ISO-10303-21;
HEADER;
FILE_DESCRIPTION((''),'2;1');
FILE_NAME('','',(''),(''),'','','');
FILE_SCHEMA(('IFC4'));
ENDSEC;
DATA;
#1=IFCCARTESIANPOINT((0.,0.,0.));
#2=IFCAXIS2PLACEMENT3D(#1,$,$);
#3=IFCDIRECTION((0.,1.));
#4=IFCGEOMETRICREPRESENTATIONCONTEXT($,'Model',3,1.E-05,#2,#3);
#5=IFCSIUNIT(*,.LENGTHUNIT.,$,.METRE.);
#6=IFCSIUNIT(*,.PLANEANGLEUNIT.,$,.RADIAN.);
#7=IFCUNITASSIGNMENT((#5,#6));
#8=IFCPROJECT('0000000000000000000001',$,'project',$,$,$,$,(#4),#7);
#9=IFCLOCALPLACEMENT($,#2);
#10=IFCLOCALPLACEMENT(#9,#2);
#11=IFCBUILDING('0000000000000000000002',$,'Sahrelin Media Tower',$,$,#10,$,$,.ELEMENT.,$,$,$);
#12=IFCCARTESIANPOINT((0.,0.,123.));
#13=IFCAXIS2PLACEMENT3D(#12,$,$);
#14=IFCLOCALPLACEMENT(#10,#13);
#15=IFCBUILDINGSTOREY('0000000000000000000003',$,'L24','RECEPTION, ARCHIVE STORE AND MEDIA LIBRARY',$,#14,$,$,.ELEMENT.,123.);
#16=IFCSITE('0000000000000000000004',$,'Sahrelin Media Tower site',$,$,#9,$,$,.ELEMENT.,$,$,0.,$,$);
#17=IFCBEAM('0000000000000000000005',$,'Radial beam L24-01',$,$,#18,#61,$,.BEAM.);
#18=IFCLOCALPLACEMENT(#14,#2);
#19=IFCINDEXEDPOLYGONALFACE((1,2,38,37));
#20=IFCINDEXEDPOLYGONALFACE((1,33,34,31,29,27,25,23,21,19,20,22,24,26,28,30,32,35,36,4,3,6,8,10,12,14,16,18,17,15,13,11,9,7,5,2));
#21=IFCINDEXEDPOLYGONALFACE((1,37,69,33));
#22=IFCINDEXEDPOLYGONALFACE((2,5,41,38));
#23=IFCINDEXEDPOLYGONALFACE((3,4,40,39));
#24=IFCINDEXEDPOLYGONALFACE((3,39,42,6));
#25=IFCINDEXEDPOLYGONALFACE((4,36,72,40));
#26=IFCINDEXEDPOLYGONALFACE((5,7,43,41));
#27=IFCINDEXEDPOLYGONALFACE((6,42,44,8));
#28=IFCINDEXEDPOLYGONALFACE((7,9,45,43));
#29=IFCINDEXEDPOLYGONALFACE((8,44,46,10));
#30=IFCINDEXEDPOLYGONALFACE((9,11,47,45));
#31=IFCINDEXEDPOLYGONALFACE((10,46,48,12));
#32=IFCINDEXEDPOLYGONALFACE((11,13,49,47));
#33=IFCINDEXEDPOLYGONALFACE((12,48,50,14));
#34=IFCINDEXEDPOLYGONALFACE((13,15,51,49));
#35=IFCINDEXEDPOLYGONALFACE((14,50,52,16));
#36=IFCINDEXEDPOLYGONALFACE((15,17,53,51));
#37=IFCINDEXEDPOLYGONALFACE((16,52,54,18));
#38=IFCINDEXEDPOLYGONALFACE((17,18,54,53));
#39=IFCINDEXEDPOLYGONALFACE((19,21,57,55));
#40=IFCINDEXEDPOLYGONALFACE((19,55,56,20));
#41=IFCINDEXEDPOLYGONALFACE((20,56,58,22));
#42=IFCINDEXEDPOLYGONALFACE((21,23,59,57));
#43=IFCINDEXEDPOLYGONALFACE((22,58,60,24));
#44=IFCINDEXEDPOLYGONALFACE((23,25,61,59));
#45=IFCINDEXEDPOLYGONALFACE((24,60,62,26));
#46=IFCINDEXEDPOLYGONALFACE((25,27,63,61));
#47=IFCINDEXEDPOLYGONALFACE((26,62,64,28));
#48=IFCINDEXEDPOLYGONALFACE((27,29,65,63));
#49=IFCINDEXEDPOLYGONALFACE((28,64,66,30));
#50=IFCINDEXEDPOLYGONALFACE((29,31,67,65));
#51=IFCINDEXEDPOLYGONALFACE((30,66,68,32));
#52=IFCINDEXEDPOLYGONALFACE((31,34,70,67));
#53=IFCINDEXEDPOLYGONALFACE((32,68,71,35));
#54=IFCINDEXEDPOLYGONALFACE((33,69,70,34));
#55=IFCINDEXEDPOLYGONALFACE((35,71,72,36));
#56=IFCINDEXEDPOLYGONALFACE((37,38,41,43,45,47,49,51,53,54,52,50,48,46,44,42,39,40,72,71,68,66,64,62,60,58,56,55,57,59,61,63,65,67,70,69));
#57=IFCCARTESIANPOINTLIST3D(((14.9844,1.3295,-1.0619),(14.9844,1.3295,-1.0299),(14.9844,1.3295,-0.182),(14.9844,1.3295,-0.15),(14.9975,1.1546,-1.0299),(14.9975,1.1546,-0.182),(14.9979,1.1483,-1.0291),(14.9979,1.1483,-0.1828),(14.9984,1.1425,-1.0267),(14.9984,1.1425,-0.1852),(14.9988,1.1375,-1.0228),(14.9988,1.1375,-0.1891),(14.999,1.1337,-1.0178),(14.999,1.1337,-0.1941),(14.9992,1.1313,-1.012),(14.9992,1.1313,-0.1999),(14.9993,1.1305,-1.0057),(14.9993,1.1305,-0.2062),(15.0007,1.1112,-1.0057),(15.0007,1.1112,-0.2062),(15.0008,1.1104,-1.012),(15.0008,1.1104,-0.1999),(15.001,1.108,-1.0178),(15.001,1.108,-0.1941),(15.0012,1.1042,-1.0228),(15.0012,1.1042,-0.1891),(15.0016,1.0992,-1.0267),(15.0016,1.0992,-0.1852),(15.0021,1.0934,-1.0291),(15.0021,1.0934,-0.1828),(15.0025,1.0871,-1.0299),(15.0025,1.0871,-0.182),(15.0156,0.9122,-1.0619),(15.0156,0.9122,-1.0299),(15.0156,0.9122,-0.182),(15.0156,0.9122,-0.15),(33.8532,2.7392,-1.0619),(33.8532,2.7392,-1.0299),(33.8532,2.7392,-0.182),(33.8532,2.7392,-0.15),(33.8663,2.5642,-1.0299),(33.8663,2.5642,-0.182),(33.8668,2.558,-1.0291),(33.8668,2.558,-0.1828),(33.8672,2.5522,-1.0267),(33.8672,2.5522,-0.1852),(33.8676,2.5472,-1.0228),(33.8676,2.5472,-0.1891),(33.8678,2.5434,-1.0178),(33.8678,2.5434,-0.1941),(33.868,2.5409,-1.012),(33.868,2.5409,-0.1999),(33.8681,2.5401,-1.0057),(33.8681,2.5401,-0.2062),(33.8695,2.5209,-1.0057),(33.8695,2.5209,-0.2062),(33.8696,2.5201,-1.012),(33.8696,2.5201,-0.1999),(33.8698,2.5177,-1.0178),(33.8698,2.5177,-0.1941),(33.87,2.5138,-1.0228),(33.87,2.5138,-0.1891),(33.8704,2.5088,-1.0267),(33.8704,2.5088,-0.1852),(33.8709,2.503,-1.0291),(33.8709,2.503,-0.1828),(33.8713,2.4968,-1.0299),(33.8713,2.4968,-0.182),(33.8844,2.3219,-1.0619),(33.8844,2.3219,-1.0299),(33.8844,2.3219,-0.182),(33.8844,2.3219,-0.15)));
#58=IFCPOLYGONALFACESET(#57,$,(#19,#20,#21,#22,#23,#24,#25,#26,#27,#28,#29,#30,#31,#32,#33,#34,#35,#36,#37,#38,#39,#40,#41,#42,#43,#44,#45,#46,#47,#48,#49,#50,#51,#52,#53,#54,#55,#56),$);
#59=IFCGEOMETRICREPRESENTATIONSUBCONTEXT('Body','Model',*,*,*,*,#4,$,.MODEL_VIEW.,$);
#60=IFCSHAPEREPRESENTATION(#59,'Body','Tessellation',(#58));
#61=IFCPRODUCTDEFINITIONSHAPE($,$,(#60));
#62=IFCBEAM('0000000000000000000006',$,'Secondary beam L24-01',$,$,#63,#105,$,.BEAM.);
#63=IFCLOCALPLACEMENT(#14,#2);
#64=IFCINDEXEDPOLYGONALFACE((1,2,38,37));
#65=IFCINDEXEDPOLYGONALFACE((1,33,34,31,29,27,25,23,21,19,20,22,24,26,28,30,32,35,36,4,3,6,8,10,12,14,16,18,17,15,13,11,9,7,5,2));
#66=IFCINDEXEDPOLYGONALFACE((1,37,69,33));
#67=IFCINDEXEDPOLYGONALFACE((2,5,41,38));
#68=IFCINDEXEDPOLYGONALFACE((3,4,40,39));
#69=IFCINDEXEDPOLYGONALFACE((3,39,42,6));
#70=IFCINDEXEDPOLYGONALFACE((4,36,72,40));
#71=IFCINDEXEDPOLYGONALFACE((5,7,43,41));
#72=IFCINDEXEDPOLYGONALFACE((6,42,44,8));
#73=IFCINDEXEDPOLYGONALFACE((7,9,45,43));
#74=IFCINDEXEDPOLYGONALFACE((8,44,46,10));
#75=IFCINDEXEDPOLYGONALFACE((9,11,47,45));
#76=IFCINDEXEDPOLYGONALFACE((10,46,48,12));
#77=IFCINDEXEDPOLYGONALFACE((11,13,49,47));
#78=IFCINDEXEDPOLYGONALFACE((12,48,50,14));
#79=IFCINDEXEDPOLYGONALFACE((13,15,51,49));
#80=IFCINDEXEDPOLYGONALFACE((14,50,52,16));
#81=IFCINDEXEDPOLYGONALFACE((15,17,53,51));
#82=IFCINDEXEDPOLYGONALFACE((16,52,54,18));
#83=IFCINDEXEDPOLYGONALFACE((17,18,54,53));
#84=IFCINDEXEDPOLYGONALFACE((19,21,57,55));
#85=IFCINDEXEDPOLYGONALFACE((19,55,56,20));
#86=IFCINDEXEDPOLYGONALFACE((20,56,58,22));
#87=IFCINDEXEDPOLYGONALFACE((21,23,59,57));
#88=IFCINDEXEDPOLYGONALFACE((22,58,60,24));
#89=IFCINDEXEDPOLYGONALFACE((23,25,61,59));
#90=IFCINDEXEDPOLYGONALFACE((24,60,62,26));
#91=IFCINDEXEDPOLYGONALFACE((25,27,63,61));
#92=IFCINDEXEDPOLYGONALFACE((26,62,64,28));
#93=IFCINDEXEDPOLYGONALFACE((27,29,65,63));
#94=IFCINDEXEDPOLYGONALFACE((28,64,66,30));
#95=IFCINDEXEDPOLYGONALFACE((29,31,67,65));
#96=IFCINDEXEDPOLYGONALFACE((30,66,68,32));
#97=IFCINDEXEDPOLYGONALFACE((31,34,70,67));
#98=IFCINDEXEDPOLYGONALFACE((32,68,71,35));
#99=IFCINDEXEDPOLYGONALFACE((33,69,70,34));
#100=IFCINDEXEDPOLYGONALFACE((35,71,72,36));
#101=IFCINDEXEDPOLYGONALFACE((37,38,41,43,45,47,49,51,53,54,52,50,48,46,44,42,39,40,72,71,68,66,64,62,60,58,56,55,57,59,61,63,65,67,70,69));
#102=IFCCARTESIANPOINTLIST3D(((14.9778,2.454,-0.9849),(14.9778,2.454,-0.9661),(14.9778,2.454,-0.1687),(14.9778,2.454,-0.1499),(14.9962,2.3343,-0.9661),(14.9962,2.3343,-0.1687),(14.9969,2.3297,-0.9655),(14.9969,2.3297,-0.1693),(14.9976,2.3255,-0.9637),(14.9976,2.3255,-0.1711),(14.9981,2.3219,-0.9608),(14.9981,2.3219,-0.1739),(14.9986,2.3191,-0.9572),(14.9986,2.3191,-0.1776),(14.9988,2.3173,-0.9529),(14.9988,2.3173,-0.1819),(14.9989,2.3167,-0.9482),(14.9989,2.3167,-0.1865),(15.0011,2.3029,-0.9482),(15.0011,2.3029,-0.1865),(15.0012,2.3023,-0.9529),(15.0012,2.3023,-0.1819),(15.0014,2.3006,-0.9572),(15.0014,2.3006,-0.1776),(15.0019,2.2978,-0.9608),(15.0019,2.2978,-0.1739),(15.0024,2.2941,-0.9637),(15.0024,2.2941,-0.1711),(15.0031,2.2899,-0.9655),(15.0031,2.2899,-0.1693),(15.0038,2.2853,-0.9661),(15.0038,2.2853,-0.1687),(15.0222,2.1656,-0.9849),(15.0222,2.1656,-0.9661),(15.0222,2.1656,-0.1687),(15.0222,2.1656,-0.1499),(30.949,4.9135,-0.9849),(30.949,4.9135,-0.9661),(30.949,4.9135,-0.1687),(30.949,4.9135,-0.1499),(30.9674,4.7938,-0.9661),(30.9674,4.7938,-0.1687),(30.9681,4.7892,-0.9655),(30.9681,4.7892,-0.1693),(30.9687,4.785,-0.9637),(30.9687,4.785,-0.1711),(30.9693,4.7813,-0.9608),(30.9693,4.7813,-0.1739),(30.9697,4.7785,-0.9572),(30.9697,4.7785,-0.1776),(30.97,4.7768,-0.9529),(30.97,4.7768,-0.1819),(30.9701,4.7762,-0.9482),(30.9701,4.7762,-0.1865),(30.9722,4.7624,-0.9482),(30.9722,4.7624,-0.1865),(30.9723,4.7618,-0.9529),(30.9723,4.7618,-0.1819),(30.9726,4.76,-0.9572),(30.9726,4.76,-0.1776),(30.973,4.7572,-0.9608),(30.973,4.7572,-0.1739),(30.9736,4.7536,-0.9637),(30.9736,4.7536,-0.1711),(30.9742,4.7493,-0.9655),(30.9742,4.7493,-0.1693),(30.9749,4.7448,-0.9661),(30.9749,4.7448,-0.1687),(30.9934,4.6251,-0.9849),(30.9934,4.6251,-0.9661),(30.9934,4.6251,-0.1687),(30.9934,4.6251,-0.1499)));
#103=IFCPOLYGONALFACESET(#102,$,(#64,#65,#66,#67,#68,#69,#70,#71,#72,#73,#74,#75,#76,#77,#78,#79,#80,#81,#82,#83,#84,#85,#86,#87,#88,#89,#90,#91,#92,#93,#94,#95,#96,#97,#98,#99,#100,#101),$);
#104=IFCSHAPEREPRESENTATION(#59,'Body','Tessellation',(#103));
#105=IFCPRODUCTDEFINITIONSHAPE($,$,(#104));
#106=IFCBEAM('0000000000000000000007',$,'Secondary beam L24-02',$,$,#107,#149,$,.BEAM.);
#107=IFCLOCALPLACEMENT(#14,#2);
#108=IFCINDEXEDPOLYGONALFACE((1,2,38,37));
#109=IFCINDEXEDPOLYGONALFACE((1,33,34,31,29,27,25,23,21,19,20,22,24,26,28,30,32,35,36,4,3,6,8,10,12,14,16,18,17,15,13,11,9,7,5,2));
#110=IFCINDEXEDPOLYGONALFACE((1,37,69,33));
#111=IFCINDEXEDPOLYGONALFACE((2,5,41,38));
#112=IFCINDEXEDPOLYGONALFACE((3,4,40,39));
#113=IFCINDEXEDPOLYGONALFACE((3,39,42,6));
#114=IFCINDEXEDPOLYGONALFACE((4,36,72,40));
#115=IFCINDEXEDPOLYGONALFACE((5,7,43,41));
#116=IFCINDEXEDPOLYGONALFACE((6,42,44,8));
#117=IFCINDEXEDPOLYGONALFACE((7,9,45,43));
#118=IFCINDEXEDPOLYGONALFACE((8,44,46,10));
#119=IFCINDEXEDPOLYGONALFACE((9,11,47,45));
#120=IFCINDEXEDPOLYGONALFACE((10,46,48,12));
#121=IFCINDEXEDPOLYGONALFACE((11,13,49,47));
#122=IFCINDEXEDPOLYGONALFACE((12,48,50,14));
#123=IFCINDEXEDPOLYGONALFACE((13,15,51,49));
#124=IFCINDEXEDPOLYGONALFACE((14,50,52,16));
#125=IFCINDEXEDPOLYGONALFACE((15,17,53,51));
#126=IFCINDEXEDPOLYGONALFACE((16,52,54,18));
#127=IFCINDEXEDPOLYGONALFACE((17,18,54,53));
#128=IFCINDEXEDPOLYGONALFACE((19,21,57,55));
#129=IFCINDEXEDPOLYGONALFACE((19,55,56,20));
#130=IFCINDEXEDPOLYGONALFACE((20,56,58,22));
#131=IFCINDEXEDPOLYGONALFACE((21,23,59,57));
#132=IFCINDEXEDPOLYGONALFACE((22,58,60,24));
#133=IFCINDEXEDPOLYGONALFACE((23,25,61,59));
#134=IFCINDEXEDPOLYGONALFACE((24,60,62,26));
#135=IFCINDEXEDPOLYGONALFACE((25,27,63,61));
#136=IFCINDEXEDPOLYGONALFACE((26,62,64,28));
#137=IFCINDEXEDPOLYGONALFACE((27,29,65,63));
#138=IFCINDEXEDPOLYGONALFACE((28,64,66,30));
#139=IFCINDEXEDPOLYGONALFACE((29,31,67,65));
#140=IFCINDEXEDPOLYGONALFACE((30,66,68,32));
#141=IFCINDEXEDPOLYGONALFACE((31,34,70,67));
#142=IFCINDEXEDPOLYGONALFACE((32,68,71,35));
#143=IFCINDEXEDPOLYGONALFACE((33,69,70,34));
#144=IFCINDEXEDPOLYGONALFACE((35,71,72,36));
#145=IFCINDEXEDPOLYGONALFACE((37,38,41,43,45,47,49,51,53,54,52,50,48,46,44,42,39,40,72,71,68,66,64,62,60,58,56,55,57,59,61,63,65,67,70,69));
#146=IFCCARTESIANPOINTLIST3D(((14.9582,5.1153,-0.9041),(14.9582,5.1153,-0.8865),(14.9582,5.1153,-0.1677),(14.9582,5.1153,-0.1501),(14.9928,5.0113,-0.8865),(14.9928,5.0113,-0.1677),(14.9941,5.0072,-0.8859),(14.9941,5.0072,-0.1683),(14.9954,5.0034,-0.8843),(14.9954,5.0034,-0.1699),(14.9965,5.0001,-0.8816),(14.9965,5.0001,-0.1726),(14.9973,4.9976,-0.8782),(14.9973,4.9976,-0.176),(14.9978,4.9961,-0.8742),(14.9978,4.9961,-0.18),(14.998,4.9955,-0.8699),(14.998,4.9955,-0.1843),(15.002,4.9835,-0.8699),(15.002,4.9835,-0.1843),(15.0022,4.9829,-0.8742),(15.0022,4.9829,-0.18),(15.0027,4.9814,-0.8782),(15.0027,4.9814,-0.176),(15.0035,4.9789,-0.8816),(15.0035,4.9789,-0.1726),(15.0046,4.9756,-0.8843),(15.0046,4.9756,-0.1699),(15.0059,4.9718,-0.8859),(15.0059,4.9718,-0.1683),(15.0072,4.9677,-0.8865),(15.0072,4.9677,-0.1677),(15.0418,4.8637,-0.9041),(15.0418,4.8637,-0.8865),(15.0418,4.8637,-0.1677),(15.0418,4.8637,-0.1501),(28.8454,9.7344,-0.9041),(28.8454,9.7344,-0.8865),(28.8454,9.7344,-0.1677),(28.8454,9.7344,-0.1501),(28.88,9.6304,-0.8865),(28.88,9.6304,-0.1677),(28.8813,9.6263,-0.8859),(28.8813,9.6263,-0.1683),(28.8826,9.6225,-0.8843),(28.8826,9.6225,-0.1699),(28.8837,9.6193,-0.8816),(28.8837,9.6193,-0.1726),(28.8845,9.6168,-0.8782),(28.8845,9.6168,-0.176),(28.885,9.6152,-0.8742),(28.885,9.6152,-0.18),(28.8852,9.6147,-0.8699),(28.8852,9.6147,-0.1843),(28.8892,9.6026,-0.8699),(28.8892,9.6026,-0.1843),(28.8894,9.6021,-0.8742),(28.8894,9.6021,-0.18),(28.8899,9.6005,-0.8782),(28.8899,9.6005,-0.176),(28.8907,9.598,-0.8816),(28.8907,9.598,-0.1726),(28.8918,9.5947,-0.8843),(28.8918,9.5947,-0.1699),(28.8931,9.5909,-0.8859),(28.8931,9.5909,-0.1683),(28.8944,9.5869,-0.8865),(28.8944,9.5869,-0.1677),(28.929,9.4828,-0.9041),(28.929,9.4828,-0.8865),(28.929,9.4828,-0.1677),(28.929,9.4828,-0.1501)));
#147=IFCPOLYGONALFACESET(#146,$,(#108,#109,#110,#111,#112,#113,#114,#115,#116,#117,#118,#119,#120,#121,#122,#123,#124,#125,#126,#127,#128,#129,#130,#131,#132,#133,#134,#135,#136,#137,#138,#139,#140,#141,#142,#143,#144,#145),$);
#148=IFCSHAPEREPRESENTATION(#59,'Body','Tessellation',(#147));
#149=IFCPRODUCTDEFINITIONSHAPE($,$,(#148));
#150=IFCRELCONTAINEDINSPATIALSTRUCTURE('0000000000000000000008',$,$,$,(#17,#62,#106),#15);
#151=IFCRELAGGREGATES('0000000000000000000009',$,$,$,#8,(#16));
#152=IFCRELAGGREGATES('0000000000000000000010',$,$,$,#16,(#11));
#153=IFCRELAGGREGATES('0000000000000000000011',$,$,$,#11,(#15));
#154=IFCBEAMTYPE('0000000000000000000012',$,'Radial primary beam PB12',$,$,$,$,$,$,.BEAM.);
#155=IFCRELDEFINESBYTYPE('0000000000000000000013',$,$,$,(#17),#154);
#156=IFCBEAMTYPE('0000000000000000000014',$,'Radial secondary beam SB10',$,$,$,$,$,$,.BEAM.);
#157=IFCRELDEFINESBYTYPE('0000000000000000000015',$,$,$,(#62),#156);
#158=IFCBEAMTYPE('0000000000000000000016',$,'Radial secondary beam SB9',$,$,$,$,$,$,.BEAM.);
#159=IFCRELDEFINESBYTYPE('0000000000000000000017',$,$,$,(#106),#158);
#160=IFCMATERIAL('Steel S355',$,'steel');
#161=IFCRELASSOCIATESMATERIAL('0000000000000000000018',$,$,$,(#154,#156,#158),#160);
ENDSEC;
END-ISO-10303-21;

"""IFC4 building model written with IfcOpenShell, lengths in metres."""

from ifc_helpers import new_model, si_unit, direction, frame, origin, origin_2d, place, context, subcontext, project, spatial, i_section, extrude, material, material_profile, profile_set, type_object, element, save


model = new_model("IFC4")

# Units and contexts
model_context = context("Model", 3, precision=1e-05, world=origin(), true_north=direction((0.0, 1.0)))
body_context = subcontext(model_context, "Body", "Model", "MODEL_VIEW")
ifc_project = project(units=[si_unit("LENGTHUNIT", "METRE"), si_unit("PLANEANGLEUNIT", "RADIAN")], contexts=[model_context])

# Site, building, storey
site_placement = place(None, origin())
site = spatial("IfcSite", under=ifc_project, at=site_placement, Name="Sahrelin Media Tower site", CompositionType="ELEMENT", RefElevation=0.0)
building_placement = place(site_placement, origin())
building = spatial("IfcBuilding", under=site, at=building_placement, Name="Sahrelin Media Tower", CompositionType="ELEMENT")
storey_placement = place(building_placement, frame((0.0, 0.0, 123.0)))
storey = spatial("IfcBuildingStorey", under=building, at=storey_placement, Name="L24", Description="RECEPTION, ARCHIVE STORE AND MEDIA LIBRARY", CompositionType="ELEMENT", Elevation=123.0)

# Shared definitions
ifc_material_1 = material(Name="Steel S355", Category="steel")

# Beams
ifc_material_profile_1 = material_profile(ifc_material_1, i_section(OverallWidth=0.4185, OverallDepth=0.9119, WebThickness=0.0193, FlangeThickness=0.032, FilletRadius=0.0242, at=origin_2d()), Name="UB 914x419x343")
ifc_profile_set_1 = profile_set([ifc_material_profile_1], Name="Steel S355")
beam_type_1 = type_object("IfcBeamType", Name="Radial primary beam PB12", PredefinedType="BEAM", material=ifc_profile_set_1)
beam_1_placement = place(storey_placement, frame((15.0, 1.1208, -0.606), z_axis=(0.997221, 0.074501, 0.0), x_axis=(-0.074501, 0.997221, 0.0)))
element("IfcBeam", 1, at=beam_1_placement, inside=storey, type_object=beam_type_1, Name="Radial beam L24-01", PredefinedType="BEAM", context=body_context, shape_type="SweptSolid", body=[
    extrude(i_section(OverallWidth=0.4185, OverallDepth=0.9119, WebThickness=0.0193, FlangeThickness=0.032, FilletRadius=0.0242, at=origin_2d()), origin(), (0.0, 0.0, 1.0), 18.9214),
])
ifc_material_profile_2 = material_profile(ifc_material_1, i_section(OverallWidth=0.2917, OverallDepth=0.835, WebThickness=0.0139, FlangeThickness=0.0188, FilletRadius=0.0178, at=origin_2d()), Name="UB 838x292x176")
ifc_profile_set_2 = profile_set([ifc_material_profile_2], Name="Steel S355")
beam_type_2 = type_object("IfcBeamType", Name="Radial secondary beam SB10", PredefinedType="BEAM", material=ifc_profile_set_2)
beam_2_placement = place(storey_placement, frame((15.0, 2.3098, -0.5674), z_axis=(0.98835, 0.1522, 0.0), x_axis=(-0.1522, 0.98835, 0.0)))
element("IfcBeam", 2, at=beam_2_placement, inside=storey, type_object=beam_type_2, Name="Secondary beam L24-01", PredefinedType="BEAM", context=body_context, shape_type="SweptSolid", body=[
    extrude(i_section(OverallWidth=0.2917, OverallDepth=0.835, WebThickness=0.0139, FlangeThickness=0.0188, FilletRadius=0.0178, at=origin_2d()), origin(), (0.0, 0.0, 1.0), 16.1594),
])
ifc_material_profile_3 = material_profile(ifc_material_1, i_section(OverallWidth=0.2651, OverallDepth=0.7539, WebThickness=0.0127, FlangeThickness=0.0176, FilletRadius=0.0166, at=origin_2d()), Name="UB 762x267x147")
ifc_profile_set_3 = profile_set([ifc_material_profile_3], Name="Steel S355")
beam_type_3 = type_object("IfcBeamType", Name="Radial secondary beam SB9", PredefinedType="BEAM", material=ifc_profile_set_3)
beam_3_placement = place(storey_placement, frame((15.0, 4.9895, -0.5271), z_axis=(0.948887, 0.315617, 0.0), x_axis=(-0.315617, 0.948887, 0.0)))
element("IfcBeam", 3, at=beam_3_placement, inside=storey, type_object=beam_type_3, Name="Secondary beam L24-02", PredefinedType="BEAM", context=body_context, shape_type="SweptSolid", body=[
    extrude(i_section(OverallWidth=0.2651, OverallDepth=0.7539, WebThickness=0.0127, FlangeThickness=0.0176, FilletRadius=0.0166, at=origin_2d()), origin(), (0.0, 0.0, 1.0), 14.6353),
])

save(model, "model.ifc")
